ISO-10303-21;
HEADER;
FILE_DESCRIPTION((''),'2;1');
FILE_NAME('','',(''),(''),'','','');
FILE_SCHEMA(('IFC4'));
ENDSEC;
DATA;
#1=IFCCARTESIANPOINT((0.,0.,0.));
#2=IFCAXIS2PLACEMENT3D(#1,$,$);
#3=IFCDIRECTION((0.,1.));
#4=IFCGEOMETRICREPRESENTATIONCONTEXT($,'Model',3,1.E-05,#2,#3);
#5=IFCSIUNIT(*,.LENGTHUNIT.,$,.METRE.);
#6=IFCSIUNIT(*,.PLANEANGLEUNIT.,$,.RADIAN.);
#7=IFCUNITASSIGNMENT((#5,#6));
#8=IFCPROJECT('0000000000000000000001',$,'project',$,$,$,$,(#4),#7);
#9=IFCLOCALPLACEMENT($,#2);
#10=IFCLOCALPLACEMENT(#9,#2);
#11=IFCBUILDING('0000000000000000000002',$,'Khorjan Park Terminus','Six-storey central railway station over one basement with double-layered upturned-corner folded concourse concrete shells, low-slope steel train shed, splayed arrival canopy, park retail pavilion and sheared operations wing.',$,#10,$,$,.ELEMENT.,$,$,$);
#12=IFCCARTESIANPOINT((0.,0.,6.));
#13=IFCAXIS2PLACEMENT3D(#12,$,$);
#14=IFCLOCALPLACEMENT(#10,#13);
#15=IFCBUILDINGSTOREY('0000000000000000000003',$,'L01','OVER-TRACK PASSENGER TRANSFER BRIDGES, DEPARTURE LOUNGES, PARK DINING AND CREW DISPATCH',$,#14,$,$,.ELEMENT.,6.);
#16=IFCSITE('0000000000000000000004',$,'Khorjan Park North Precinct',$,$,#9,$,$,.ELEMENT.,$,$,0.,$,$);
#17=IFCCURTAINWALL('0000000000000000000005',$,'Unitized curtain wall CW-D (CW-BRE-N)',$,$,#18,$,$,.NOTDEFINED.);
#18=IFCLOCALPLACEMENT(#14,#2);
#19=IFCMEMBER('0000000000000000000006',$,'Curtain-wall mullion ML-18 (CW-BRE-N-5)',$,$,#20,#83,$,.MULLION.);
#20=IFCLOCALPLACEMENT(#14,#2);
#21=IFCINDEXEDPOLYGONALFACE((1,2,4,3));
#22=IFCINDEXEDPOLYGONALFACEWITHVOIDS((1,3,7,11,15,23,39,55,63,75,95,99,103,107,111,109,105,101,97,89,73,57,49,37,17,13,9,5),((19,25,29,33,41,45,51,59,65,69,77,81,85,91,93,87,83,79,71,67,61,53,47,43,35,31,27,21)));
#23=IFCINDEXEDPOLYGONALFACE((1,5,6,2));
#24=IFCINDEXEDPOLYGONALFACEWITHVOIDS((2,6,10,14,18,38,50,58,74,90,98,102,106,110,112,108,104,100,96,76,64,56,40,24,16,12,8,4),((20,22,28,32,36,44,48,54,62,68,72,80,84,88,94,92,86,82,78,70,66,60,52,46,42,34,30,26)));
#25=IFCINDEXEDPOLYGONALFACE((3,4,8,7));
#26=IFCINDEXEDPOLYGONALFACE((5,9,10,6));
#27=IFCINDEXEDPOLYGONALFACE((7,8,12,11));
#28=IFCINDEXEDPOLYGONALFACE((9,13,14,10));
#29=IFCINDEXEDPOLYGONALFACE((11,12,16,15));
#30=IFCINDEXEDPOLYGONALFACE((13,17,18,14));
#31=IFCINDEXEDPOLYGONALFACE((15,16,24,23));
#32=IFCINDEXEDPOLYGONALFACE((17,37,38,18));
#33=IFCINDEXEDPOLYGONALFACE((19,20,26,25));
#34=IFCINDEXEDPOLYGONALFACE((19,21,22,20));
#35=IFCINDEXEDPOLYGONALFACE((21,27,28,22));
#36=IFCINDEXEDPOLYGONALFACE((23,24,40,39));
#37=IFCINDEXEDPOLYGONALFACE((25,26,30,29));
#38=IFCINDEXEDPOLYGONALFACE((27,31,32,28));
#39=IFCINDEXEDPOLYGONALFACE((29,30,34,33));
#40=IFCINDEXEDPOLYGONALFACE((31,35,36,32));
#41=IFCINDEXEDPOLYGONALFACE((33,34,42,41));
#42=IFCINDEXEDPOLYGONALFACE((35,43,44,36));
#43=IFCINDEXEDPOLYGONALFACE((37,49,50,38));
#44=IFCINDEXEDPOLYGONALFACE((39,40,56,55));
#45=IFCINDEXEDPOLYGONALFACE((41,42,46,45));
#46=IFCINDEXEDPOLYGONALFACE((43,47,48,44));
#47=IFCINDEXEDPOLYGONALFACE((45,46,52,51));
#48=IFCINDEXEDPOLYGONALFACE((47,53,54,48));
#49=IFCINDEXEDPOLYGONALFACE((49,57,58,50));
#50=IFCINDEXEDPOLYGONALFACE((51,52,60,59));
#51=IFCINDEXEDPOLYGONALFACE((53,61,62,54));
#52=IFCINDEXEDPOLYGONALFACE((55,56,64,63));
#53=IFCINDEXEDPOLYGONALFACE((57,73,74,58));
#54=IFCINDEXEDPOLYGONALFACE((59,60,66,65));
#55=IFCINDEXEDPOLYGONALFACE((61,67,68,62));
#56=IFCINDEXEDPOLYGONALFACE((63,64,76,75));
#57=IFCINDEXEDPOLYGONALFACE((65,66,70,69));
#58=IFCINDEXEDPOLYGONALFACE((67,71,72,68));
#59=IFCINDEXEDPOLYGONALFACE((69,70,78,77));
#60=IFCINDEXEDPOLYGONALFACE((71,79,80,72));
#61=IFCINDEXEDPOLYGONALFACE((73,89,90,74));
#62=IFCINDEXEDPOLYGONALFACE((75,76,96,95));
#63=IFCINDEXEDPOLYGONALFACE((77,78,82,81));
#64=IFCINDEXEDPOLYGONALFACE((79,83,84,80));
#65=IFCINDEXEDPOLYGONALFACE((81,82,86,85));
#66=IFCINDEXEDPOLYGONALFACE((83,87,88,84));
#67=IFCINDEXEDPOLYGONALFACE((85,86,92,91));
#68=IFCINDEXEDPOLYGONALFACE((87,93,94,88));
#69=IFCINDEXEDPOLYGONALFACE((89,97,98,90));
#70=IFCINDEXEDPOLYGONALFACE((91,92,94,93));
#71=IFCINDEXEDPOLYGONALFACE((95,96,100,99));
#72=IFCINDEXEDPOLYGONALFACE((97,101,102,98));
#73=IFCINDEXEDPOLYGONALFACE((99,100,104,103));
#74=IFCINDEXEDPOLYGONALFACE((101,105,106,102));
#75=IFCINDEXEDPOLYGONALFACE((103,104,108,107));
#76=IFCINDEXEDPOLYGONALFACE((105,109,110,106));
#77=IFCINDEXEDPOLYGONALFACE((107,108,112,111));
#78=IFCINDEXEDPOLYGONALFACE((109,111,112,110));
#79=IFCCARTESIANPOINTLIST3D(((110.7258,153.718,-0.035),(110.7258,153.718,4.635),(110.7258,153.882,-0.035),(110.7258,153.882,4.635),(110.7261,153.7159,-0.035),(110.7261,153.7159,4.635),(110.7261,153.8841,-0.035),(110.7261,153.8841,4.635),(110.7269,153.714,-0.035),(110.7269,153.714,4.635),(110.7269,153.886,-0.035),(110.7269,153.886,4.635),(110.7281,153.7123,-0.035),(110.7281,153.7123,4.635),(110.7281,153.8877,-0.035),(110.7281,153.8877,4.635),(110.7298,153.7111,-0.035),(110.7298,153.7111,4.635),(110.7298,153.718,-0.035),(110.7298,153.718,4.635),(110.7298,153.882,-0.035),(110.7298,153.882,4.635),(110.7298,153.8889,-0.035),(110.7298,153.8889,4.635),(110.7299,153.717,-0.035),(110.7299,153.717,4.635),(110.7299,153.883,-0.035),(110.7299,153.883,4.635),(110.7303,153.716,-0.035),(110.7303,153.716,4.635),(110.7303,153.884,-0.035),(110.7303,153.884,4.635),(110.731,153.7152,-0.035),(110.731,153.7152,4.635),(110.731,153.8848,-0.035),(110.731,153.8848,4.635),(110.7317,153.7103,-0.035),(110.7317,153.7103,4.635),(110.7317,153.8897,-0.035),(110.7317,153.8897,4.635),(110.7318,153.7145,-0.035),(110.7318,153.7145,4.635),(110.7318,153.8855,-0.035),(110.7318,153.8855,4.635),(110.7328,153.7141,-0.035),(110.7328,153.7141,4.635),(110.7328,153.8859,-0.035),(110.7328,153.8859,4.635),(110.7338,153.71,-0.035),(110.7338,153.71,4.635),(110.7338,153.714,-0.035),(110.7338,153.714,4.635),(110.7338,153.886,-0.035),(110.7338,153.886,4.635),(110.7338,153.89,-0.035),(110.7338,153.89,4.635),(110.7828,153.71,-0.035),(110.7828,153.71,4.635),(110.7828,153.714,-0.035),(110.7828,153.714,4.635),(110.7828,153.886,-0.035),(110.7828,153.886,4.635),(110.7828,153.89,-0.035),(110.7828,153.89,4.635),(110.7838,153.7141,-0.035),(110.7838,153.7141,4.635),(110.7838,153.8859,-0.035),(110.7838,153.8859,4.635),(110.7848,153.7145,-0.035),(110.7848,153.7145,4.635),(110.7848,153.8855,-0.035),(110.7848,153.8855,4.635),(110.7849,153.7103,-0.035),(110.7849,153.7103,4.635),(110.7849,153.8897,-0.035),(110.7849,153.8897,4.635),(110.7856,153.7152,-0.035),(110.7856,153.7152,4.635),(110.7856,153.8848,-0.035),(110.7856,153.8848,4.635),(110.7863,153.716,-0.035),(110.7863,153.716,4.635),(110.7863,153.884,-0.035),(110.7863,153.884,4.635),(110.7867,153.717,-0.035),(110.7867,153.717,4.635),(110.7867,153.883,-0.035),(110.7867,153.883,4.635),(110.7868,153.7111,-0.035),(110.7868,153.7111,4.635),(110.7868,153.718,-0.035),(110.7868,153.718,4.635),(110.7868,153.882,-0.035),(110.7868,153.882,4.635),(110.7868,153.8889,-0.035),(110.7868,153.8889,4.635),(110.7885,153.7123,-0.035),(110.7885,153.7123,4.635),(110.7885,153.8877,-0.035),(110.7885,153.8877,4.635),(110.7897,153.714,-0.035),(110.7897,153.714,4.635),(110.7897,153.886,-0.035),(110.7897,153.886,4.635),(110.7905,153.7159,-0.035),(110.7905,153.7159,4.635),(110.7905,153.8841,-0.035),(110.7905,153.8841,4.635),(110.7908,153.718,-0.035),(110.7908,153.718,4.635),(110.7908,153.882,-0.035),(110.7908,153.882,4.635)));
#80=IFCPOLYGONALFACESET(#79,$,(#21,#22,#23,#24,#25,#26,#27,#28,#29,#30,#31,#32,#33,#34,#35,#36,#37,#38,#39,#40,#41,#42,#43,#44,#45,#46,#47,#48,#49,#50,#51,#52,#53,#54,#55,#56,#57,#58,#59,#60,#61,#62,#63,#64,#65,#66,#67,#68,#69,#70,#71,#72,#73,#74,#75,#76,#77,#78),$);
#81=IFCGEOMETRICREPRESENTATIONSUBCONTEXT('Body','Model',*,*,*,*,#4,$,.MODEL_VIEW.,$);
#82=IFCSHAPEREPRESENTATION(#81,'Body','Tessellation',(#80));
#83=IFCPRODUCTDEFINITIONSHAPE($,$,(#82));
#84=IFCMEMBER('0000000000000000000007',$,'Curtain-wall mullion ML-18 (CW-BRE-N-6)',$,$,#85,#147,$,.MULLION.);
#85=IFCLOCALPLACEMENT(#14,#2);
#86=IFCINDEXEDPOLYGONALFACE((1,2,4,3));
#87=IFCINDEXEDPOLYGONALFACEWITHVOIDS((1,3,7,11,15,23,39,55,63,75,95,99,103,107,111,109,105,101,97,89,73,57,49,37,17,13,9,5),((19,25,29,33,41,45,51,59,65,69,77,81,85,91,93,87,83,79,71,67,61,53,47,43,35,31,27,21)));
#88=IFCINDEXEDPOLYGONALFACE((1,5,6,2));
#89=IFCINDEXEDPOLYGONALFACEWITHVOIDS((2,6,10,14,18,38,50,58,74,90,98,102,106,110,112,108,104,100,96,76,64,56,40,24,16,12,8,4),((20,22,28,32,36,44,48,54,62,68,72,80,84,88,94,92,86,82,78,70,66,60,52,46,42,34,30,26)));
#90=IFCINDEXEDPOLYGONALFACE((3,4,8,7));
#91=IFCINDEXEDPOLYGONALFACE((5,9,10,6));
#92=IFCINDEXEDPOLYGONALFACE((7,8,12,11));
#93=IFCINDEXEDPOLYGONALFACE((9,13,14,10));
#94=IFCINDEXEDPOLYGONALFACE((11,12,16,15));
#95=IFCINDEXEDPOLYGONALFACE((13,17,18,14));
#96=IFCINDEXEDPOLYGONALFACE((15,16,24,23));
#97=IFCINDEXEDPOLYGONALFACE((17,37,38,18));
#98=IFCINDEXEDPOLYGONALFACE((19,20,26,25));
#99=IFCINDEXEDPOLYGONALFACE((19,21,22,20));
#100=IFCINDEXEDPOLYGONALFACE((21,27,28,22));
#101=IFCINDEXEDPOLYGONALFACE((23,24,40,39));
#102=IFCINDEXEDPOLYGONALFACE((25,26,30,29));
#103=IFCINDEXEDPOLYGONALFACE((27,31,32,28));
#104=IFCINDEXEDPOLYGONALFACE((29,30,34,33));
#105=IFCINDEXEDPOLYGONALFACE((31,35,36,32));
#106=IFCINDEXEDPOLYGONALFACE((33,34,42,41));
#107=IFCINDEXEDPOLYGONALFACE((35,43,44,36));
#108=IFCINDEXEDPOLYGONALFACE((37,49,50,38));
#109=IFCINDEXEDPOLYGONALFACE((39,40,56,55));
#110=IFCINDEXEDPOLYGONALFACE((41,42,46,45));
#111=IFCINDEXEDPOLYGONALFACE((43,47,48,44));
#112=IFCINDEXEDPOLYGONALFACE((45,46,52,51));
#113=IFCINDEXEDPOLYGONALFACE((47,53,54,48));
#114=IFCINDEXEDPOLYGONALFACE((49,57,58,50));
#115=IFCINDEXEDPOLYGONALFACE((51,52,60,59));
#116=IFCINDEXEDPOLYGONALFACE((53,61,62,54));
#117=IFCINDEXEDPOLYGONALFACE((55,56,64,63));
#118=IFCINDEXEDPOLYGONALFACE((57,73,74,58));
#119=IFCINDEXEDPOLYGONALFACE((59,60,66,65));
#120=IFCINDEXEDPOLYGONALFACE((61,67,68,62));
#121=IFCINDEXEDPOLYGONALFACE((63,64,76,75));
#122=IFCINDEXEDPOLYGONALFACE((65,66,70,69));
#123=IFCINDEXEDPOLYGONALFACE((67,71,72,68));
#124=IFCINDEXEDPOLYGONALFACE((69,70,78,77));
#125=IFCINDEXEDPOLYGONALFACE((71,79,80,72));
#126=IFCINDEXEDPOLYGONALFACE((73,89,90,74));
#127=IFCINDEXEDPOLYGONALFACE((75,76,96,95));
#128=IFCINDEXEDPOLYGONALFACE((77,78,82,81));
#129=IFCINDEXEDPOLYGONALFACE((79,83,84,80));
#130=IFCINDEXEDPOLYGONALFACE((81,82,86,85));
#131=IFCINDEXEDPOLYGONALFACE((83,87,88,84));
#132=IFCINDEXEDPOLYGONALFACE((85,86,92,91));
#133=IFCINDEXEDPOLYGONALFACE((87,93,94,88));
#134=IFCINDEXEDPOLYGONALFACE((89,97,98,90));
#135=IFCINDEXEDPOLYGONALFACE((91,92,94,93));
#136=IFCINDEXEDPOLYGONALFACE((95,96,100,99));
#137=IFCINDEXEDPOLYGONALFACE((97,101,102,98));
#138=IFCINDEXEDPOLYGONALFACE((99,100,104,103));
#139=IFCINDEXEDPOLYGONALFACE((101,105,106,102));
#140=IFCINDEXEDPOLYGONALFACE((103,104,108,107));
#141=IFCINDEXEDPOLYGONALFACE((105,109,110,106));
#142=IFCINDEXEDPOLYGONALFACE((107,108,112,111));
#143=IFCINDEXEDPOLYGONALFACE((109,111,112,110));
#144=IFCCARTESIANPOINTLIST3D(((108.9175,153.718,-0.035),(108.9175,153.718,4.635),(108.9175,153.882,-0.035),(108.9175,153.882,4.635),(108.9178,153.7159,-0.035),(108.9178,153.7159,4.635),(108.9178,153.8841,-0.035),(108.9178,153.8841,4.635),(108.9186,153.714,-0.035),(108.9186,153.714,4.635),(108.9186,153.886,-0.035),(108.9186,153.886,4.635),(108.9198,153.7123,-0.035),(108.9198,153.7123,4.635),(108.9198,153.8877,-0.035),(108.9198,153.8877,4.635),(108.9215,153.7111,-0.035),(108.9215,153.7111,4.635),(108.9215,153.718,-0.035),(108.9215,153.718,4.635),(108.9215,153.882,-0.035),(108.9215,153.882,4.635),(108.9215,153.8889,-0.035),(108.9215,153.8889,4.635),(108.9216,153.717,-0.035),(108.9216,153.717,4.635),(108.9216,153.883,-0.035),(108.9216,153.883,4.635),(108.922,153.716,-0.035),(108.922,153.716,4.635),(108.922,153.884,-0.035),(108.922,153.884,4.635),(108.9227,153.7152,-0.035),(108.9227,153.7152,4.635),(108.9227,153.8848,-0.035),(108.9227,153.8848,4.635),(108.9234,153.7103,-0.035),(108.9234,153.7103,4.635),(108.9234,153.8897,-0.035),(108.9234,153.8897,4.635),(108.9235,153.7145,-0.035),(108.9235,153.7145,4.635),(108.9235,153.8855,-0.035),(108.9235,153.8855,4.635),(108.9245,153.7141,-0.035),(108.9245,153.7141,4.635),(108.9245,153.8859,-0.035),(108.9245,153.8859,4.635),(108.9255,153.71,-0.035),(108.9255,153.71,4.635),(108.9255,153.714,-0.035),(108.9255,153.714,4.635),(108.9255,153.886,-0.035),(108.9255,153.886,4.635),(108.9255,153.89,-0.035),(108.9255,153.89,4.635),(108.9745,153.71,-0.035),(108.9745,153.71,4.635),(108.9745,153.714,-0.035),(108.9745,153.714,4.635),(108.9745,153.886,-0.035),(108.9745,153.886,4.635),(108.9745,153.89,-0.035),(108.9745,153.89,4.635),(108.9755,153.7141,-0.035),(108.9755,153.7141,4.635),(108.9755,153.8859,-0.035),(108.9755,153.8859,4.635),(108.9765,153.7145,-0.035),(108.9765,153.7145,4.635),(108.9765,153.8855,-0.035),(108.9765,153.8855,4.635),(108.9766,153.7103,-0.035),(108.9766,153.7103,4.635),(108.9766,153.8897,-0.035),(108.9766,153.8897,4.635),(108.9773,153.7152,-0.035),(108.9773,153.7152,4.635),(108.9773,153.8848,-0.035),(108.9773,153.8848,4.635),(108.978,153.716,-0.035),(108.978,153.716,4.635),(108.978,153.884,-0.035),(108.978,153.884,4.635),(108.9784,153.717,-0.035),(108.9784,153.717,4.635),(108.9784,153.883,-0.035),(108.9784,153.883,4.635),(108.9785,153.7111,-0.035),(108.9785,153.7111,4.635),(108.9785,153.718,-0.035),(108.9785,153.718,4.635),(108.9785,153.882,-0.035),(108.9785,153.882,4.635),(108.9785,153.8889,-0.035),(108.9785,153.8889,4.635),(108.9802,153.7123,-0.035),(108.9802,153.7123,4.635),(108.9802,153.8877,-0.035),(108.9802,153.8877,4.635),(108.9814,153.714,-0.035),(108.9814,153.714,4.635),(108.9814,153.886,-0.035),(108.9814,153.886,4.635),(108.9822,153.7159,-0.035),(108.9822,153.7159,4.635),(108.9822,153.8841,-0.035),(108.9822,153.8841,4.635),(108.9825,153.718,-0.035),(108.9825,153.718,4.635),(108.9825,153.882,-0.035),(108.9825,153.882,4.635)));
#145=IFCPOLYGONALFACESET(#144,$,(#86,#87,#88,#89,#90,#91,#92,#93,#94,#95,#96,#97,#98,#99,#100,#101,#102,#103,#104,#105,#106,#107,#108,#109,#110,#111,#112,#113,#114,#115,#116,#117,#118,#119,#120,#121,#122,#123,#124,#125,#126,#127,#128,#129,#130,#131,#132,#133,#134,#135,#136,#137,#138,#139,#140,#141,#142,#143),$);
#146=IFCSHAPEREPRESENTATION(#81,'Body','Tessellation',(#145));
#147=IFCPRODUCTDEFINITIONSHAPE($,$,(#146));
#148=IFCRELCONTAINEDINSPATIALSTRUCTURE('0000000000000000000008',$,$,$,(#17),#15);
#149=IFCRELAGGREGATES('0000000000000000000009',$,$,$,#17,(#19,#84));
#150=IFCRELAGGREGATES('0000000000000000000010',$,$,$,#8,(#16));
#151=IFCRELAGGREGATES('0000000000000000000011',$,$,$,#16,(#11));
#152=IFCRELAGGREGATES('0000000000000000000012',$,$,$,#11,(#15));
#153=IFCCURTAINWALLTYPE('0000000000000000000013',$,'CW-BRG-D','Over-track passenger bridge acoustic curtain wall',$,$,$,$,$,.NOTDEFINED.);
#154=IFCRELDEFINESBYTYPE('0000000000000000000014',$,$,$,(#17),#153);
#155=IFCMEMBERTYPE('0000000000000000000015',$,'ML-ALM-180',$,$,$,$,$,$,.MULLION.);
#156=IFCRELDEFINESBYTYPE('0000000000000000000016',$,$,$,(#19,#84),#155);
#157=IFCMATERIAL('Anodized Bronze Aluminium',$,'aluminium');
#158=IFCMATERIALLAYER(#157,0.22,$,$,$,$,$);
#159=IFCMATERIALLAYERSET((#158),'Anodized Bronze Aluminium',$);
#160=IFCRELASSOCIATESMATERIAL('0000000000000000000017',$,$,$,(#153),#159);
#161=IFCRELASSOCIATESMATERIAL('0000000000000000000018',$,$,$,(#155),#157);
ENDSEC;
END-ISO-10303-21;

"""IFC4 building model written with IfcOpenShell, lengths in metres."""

from ifc_helpers import new_model, si_unit, direction, frame, origin, origin_2d, place, context, subcontext, project, spatial, hollow_rectangle, extrude, material, layer, layer_set, material_profile, profile_set, type_object, element, aggregate, save


model = new_model("IFC4")

# Units and contexts
model_context = context("Model", 3, precision=1e-05, world=origin(), true_north=direction((0.0, 1.0)))
body_context = subcontext(model_context, "Body", "Model", "MODEL_VIEW")
ifc_project = project(units=[si_unit("LENGTHUNIT", "METRE"), si_unit("PLANEANGLEUNIT", "RADIAN")], contexts=[model_context])

# Site, building, storey
site_placement = place(None, origin())
site = spatial("IfcSite", under=ifc_project, at=site_placement, Name="Khorjan Park North Precinct", CompositionType="ELEMENT", RefElevation=0.0)
building_placement = place(site_placement, origin())
building = spatial("IfcBuilding", under=site, at=building_placement, Name="Khorjan Park Terminus", Description="Six-storey central railway station over one basement with double-layered upturned-corner folded concourse concrete shells, low-slope steel train shed, splayed arrival canopy, park retail pavilion and sheared operations wing.", CompositionType="ELEMENT")
storey_placement = place(building_placement, frame((0.0, 0.0, 6.0)))
storey = spatial("IfcBuildingStorey", under=building, at=storey_placement, Name="L01", Description="OVER-TRACK PASSENGER TRANSFER BRIDGES, DEPARTURE LOUNGES, PARK DINING AND CREW DISPATCH", CompositionType="ELEMENT", Elevation=6.0)

# Curtain wall, members
ifc_material_1 = material(Name="Anodized Bronze Aluminium", Category="aluminium")
ifc_layer_1 = layer(ifc_material_1, 0.22)
ifc_layer_set_1 = layer_set([ifc_layer_1], Name="Anodized Bronze Aluminium")
curtain_wall_type = type_object("IfcCurtainWallType", Name="CW-BRG-D", Description="Over-track passenger bridge acoustic curtain wall", PredefinedType="NOTDEFINED", material=ifc_layer_set_1)
curtain_wall_placement = place(storey_placement, origin())
curtain_wall = element("IfcCurtainWall", 1, at=curtain_wall_placement, inside=storey, type_object=curtain_wall_type, Name="Unitized curtain wall CW-D (CW-BRE-N)", PredefinedType="NOTDEFINED")
ifc_material_profile_1 = material_profile(ifc_material_1, hollow_rectangle(XDim=0.065, YDim=0.18, WallThickness=0.004, InnerFilletRadius=0.004, OuterFilletRadius=0.008, at=origin_2d()), Name="ALM 65x180x4")
ifc_profile_set_1 = profile_set([ifc_material_profile_1], Name="Anodized Bronze Aluminium")
member_type_1 = type_object("IfcMemberType", Name="ML-ALM-180", PredefinedType="MULLION", material=ifc_profile_set_1)
member_1_placement = place(storey_placement, frame((110.7583, 153.8, -0.035), z_axis=(0.0, 0.0, 1.0), x_axis=(-1.0, 0.0, 0.0)))
member_1 = element("IfcMember", 2, at=member_1_placement, type_object=member_type_1, Name="Curtain-wall mullion ML-18 (CW-BRE-N-5)", PredefinedType="MULLION", context=body_context, shape_type="SweptSolid", body=[
    extrude(hollow_rectangle(XDim=0.065, YDim=0.18, WallThickness=0.004, InnerFilletRadius=0.004, OuterFilletRadius=0.008, at=origin_2d()), origin(), (0.0, 0.0, 1.0), 4.67),
])
member_2_placement = place(storey_placement, frame((108.95, 153.8, -0.035), z_axis=(0.0, 0.0, 1.0), x_axis=(-1.0, 0.0, 0.0)))
member_2 = element("IfcMember", 3, at=member_2_placement, type_object=member_type_1, Name="Curtain-wall mullion ML-18 (CW-BRE-N-6)", PredefinedType="MULLION", context=body_context, shape_type="SweptSolid", body=[
    extrude(hollow_rectangle(XDim=0.065, YDim=0.18, WallThickness=0.004, InnerFilletRadius=0.004, OuterFilletRadius=0.008, at=origin_2d()), origin(), (0.0, 0.0, 1.0), 4.67),
])
aggregate(curtain_wall, [member_1, member_2])

save(model, "model.ifc")
